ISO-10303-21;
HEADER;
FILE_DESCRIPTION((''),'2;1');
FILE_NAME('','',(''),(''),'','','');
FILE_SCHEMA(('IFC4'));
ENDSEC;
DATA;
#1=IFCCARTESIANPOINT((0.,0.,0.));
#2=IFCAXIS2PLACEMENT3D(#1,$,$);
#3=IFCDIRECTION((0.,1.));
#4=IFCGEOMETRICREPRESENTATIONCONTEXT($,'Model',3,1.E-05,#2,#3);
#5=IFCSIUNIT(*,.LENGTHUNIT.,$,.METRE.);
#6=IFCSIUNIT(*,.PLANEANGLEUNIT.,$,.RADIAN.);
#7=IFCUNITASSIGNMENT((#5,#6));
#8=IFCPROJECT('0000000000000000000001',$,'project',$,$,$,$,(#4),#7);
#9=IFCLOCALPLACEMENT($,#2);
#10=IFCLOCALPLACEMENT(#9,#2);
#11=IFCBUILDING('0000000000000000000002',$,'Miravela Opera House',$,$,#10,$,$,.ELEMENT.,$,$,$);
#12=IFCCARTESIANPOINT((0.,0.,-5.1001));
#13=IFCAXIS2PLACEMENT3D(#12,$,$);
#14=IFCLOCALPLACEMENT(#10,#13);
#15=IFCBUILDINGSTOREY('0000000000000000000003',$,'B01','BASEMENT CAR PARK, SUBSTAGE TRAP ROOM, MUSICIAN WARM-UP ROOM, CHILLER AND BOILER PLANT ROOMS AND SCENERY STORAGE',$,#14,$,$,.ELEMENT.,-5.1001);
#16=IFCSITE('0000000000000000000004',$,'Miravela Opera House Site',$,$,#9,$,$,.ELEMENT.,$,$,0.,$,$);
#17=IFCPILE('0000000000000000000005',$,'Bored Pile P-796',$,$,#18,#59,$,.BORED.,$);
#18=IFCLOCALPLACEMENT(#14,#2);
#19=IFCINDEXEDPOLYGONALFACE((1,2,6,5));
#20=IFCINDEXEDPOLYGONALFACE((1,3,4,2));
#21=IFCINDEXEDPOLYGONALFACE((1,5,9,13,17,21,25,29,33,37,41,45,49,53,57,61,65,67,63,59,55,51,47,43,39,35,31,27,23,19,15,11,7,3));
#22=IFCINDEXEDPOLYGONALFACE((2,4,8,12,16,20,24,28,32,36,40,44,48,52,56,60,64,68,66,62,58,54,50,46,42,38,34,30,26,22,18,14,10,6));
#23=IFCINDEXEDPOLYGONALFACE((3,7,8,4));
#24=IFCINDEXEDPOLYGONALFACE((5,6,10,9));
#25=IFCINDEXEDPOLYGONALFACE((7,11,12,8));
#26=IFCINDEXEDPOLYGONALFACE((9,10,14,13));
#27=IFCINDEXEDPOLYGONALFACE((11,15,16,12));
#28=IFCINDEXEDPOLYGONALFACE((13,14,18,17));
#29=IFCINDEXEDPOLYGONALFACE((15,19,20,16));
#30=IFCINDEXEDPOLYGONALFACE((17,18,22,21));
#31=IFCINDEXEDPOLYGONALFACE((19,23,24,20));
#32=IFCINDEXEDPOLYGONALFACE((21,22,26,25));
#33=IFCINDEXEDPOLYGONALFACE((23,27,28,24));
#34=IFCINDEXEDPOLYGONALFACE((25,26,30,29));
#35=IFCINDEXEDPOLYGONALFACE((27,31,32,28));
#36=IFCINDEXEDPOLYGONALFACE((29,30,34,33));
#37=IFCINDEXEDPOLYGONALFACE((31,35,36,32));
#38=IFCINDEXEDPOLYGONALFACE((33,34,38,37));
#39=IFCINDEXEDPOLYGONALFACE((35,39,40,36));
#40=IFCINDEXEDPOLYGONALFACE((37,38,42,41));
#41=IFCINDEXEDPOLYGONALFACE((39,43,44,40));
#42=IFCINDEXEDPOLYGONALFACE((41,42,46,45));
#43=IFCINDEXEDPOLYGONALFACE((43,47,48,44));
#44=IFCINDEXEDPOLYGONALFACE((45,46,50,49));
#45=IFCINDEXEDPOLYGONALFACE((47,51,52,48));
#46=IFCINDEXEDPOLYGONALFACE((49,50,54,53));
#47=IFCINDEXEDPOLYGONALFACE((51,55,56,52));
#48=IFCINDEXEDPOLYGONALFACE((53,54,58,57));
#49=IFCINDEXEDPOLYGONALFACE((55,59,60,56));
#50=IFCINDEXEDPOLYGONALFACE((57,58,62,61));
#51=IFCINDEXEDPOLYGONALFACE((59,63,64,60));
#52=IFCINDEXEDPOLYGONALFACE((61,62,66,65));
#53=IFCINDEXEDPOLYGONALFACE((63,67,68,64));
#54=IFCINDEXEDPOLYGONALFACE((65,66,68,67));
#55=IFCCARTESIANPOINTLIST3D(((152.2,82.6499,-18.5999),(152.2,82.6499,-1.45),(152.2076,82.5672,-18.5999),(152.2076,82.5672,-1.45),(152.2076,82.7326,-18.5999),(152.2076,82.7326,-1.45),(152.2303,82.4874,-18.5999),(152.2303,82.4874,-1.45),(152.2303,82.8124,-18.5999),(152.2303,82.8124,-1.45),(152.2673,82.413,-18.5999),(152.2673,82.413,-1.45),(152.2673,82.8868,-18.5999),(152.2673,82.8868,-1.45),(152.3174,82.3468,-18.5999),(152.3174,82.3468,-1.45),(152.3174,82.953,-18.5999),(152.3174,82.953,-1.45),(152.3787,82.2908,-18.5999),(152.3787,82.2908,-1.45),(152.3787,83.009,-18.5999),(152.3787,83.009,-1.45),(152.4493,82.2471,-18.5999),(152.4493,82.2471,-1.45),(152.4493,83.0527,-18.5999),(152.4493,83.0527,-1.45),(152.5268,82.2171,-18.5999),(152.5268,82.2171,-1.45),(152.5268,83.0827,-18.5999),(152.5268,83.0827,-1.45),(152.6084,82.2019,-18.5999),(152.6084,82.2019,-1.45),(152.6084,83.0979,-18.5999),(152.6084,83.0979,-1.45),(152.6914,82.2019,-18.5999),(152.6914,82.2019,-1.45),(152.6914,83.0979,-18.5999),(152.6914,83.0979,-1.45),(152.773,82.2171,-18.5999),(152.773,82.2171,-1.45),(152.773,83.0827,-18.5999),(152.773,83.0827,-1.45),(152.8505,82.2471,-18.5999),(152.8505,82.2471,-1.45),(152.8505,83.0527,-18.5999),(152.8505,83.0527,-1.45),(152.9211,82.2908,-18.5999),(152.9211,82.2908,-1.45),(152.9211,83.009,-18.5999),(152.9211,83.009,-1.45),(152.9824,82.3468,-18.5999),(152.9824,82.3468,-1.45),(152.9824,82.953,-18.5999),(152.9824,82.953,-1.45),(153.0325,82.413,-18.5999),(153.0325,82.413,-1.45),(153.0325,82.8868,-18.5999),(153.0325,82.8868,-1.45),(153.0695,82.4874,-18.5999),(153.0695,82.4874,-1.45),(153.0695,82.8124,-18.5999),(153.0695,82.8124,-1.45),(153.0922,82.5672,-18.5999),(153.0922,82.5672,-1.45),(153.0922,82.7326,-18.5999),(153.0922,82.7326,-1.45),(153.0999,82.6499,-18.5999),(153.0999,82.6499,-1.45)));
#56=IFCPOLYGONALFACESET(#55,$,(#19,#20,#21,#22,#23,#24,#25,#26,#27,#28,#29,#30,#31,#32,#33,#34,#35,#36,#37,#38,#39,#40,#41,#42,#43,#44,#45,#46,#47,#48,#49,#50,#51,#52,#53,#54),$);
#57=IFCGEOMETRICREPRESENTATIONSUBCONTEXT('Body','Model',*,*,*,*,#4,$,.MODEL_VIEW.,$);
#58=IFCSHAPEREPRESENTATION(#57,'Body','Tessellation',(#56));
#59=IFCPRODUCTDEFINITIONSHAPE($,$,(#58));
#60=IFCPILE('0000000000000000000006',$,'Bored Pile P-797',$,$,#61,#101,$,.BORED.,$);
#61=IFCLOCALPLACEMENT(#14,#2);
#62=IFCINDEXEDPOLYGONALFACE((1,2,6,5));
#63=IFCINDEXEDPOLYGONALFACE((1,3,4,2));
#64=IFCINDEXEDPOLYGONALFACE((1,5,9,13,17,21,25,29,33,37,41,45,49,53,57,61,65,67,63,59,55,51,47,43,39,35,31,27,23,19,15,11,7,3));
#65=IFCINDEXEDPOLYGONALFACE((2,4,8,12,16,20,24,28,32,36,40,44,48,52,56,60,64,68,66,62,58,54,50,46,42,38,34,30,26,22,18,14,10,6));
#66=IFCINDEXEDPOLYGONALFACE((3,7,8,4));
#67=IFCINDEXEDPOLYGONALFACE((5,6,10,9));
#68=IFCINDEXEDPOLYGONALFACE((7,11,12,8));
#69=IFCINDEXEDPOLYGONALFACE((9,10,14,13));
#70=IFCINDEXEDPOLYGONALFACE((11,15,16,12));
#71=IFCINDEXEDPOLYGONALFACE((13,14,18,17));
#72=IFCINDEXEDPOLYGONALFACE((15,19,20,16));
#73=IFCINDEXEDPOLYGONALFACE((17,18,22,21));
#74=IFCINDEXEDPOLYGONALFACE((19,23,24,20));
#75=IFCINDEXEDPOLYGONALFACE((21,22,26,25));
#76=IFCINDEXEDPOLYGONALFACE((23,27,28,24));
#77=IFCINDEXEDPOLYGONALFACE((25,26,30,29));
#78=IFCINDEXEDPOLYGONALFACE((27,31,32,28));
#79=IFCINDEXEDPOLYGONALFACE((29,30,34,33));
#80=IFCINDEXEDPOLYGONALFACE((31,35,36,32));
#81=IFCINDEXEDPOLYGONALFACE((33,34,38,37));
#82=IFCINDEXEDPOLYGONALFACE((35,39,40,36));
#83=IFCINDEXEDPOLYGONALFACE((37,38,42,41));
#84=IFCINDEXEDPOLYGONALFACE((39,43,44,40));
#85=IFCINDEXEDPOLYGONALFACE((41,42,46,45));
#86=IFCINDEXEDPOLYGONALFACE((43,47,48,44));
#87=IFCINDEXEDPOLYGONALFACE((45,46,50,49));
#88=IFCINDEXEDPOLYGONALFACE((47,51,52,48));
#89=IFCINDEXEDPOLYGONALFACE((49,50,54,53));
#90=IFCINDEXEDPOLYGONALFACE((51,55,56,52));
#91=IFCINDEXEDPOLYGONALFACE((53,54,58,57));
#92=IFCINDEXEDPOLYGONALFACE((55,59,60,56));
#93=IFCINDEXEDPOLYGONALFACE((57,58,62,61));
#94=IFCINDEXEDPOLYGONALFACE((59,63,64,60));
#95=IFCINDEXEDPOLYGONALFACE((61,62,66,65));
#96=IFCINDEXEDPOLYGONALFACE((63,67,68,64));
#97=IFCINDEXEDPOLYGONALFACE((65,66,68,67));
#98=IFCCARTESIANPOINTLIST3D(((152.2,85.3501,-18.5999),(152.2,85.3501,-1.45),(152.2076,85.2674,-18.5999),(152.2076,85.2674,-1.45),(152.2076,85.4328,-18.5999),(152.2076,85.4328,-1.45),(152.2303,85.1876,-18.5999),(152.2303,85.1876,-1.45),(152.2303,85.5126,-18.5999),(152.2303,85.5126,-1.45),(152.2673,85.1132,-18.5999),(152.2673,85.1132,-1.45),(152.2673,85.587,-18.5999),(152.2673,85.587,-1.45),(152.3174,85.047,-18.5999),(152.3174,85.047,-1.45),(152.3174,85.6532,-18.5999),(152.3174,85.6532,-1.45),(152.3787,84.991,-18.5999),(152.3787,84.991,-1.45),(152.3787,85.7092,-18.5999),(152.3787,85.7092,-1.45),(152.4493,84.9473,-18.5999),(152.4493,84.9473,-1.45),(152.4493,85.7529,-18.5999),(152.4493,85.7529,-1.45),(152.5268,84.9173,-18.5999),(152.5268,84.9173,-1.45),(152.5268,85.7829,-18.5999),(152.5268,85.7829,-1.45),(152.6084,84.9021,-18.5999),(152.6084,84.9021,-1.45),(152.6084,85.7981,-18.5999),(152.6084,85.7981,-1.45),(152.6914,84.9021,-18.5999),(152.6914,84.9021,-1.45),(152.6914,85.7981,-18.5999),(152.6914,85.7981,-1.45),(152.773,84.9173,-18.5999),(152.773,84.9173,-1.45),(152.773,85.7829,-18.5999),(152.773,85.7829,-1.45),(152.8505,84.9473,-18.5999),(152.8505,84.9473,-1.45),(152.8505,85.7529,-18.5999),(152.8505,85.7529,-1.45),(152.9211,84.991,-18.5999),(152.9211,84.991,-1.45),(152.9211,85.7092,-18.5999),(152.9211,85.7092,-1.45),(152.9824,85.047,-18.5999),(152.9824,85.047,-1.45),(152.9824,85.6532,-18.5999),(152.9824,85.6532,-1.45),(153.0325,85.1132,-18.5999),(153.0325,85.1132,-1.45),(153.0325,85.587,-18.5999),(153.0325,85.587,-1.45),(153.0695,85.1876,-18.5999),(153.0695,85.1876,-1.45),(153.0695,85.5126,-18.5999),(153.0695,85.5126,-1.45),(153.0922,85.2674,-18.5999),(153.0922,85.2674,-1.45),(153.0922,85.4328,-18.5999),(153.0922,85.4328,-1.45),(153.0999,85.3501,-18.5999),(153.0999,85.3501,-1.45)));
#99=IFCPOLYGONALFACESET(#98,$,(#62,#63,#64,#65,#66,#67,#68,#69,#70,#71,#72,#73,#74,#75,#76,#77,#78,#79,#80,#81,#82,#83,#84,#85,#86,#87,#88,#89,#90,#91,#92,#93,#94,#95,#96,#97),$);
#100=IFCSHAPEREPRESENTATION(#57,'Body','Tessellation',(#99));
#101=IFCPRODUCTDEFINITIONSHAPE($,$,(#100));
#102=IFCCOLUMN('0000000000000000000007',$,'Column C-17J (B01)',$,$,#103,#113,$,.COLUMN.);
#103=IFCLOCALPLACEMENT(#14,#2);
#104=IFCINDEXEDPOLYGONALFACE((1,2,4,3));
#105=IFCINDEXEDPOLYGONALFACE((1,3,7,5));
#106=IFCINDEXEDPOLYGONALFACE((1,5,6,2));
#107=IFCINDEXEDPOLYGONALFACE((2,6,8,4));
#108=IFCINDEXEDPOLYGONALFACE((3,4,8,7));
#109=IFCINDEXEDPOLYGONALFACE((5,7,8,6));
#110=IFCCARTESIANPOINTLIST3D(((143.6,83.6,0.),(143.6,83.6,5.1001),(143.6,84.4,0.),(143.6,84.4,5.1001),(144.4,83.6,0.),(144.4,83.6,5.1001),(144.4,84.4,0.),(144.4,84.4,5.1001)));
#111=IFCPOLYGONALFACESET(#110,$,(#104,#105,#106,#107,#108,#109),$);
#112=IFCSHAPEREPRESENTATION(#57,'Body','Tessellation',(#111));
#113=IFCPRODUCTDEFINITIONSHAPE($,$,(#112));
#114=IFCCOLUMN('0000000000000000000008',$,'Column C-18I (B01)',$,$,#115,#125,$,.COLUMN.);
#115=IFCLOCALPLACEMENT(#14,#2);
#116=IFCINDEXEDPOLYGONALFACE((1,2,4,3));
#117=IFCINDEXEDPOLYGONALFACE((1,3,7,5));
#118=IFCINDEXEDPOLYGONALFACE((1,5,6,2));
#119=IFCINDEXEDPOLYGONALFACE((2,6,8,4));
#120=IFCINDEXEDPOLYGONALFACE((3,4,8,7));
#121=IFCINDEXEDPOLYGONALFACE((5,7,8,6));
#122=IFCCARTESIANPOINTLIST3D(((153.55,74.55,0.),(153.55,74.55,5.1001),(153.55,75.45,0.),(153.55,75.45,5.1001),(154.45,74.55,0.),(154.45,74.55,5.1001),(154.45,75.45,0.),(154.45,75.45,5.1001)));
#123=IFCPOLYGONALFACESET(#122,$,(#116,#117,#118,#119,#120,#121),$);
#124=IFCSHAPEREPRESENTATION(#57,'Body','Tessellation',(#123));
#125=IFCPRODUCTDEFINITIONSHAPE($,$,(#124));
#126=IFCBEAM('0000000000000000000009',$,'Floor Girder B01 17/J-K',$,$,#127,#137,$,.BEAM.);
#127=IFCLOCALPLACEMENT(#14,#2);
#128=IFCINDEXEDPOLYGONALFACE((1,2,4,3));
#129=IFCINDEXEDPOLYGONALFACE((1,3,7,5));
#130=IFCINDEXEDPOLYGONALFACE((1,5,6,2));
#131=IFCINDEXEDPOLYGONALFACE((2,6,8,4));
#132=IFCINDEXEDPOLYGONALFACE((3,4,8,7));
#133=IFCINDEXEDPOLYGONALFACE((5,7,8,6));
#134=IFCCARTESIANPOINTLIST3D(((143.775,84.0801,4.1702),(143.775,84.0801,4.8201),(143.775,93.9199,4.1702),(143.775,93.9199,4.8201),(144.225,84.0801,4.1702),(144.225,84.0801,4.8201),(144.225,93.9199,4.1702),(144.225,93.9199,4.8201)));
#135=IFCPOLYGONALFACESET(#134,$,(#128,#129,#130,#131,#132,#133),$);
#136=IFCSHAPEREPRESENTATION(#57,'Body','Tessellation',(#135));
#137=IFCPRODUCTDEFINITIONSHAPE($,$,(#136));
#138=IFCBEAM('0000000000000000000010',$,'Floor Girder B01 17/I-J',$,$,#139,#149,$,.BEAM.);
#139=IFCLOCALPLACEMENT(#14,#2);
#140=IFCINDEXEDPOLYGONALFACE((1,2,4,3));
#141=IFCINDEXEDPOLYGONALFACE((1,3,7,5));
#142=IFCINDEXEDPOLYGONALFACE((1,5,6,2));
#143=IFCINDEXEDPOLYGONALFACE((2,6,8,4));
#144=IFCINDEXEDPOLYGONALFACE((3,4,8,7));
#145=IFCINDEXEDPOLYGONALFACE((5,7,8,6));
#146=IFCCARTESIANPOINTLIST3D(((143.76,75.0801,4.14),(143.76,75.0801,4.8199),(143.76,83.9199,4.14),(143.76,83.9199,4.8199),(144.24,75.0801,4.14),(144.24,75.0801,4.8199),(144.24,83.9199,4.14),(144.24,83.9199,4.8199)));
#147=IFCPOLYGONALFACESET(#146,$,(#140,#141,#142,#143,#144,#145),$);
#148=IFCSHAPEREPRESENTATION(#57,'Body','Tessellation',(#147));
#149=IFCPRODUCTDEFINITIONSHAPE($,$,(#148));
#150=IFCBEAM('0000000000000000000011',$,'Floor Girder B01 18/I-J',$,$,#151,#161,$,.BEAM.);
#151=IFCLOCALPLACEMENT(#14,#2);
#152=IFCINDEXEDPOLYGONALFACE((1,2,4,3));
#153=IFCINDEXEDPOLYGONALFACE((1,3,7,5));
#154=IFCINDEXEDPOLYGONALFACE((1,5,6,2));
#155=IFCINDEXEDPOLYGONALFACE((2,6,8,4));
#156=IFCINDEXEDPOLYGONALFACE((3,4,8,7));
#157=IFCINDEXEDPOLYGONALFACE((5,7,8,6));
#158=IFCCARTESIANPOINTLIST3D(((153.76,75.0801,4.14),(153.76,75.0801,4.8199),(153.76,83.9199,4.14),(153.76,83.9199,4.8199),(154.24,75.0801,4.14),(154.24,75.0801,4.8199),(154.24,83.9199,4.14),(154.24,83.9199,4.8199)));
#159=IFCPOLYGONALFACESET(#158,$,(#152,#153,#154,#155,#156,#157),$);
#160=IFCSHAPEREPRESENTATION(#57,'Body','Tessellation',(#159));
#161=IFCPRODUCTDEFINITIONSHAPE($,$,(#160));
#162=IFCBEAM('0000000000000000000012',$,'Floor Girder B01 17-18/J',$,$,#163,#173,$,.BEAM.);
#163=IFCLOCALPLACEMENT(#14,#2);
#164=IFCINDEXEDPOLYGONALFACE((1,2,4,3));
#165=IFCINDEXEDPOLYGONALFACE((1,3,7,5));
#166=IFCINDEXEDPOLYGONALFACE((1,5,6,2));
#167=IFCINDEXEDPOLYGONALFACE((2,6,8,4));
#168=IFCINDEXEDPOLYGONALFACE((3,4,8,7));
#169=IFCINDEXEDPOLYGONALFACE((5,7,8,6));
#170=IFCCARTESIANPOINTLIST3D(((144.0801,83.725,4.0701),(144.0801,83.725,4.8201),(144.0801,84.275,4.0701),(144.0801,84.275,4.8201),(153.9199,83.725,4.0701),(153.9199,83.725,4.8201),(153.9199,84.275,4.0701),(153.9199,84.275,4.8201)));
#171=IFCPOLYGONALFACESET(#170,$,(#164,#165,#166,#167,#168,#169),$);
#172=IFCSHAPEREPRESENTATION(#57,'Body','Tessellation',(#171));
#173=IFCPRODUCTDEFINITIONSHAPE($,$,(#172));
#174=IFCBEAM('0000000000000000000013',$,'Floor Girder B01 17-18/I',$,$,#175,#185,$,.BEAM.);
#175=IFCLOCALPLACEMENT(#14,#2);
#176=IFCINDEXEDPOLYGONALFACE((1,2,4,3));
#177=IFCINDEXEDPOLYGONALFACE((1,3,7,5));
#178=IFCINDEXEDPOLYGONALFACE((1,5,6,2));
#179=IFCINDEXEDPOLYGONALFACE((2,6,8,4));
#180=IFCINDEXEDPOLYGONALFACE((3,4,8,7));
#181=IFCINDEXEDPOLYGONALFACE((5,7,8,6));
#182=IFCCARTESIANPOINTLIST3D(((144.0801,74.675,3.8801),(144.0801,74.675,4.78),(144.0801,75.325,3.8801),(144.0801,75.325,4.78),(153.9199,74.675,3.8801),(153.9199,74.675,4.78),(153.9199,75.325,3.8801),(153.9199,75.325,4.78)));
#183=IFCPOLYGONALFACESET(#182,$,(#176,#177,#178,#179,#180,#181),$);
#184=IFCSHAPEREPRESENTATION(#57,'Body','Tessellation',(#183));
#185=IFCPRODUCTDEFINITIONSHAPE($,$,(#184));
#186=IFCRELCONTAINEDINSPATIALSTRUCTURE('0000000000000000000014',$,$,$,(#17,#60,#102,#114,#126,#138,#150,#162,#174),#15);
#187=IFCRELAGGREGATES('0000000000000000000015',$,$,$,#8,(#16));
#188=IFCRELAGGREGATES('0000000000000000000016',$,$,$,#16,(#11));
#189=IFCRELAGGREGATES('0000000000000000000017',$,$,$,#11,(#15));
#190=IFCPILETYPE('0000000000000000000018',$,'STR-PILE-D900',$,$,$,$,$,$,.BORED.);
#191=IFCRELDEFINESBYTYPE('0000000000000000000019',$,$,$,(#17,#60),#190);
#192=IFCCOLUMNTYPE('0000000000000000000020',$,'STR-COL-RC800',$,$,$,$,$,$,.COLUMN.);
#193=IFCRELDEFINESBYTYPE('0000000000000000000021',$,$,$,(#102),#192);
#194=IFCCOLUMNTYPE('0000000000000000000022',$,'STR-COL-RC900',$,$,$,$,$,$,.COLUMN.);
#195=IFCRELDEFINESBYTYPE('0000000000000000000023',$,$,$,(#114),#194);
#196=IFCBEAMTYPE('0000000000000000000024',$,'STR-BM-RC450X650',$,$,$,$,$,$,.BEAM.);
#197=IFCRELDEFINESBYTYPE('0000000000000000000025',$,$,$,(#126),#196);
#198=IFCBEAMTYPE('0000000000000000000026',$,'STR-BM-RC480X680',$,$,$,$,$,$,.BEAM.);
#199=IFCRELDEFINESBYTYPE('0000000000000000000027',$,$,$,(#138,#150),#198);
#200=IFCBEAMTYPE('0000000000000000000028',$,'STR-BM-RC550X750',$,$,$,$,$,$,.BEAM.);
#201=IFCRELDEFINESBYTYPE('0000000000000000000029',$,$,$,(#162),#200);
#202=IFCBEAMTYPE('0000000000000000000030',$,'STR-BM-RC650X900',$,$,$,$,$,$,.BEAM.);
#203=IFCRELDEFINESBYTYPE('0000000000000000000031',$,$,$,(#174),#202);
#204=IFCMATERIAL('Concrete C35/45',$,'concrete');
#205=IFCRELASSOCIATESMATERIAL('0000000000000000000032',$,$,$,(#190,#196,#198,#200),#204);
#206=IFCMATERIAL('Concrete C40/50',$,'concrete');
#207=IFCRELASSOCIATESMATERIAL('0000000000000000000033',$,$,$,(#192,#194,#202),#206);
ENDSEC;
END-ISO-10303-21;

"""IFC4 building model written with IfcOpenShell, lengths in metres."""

from ifc_helpers import new_model, si_unit, direction, frame, origin, origin_2d, place, context, subcontext, project, spatial, rectangle, circle, extrude, material, material_profile, profile_set, type_object, element, save


model = new_model("IFC4")

# Units and contexts
model_context = context("Model", 3, precision=1e-05, world=origin(), true_north=direction((0.0, 1.0)))
body_context = subcontext(model_context, "Body", "Model", "MODEL_VIEW")
ifc_project = project(units=[si_unit("LENGTHUNIT", "METRE"), si_unit("PLANEANGLEUNIT", "RADIAN")], contexts=[model_context])

# Site, building, storey
site_placement = place(None, origin())
site = spatial("IfcSite", under=ifc_project, at=site_placement, Name="Miravela Opera House Site", CompositionType="ELEMENT", RefElevation=0.0)
building_placement = place(site_placement, origin())
building = spatial("IfcBuilding", under=site, at=building_placement, Name="Miravela Opera House", CompositionType="ELEMENT")
storey_placement = place(building_placement, frame((0.0, 0.0, -5.1001)))
storey = spatial("IfcBuildingStorey", under=building, at=storey_placement, Name="B01", Description="BASEMENT CAR PARK, SUBSTAGE TRAP ROOM, MUSICIAN WARM-UP ROOM, CHILLER AND BOILER PLANT ROOMS AND SCENERY STORAGE", CompositionType="ELEMENT", Elevation=-5.1001)

# Shared definitions
ifc_material_1 = material(Name="Concrete C35/45", Category="concrete")

# Piles
ifc_material_profile_1 = material_profile(ifc_material_1, circle(Radius=0.45, at=origin_2d()), Name="PILE-D900")
ifc_profile_set_1 = profile_set([ifc_material_profile_1])
pile_type_1 = type_object("IfcPileType", Name="STR-PILE-D900", PredefinedType="BORED", material=ifc_profile_set_1)
for number, where, z_axis, x_axis, name in (
    (1, (152.6499, 82.6499, -1.45), (0.0, 0.0, -1.0), (1.0, 0.0, 0.0), "Bored Pile P-796"),
    (2, (152.6499, 85.3501, -1.45), (0.0, 0.0, -1.0), (1.0, 0.0, 0.0), "Bored Pile P-797"),
):
    element("IfcPile", number, at=place(storey_placement, frame(where, z_axis=z_axis, x_axis=x_axis)), inside=storey, type_object=pile_type_1, Name=name, PredefinedType="BORED", context=body_context, shape_type="SweptSolid", body=[
        extrude(circle(Radius=0.45, at=origin_2d()), origin(), (0.0, 0.0, 1.0), 17.1499),
    ])

# Columns
ifc_material_2 = material(Name="Concrete C40/50", Category="concrete")
ifc_material_profile_2 = material_profile(ifc_material_2, rectangle(XDim=0.8, YDim=0.8, at=origin_2d()), Name="RC-COL-800X800")
ifc_profile_set_2 = profile_set([ifc_material_profile_2])
column_type_1 = type_object("IfcColumnType", Name="STR-COL-RC800", PredefinedType="COLUMN", material=ifc_profile_set_2)
column_1_placement = place(storey_placement, frame((144.0, 84.0, 0.0), z_axis=(0.0, 0.0, 1.0), x_axis=(1.0, 0.0, 0.0)))
element("IfcColumn", 3, at=column_1_placement, inside=storey, type_object=column_type_1, Name="Column C-17J (B01)", PredefinedType="COLUMN", context=body_context, shape_type="SweptSolid", body=[
    extrude(rectangle(XDim=0.8, YDim=0.8, at=origin_2d()), origin(), (0.0, 0.0, 1.0), 5.1001),
])
ifc_material_profile_3 = material_profile(ifc_material_2, rectangle(XDim=0.8999, YDim=0.8999, at=origin_2d()), Name="RC-COL-900X900")
ifc_profile_set_3 = profile_set([ifc_material_profile_3])
column_type_2 = type_object("IfcColumnType", Name="STR-COL-RC900", PredefinedType="COLUMN", material=ifc_profile_set_3)
column_2_placement = place(storey_placement, frame((154.0, 75.0, 0.0), z_axis=(0.0, 0.0, 1.0), x_axis=(1.0, 0.0, 0.0)))
element("IfcColumn", 4, at=column_2_placement, inside=storey, type_object=column_type_2, Name="Column C-18I (B01)", PredefinedType="COLUMN", context=body_context, shape_type="SweptSolid", body=[
    extrude(rectangle(XDim=0.8999, YDim=0.8999, at=origin_2d()), origin(), (0.0, 0.0, 1.0), 5.1001),
])

# Beams
ifc_material_profile_4 = material_profile(ifc_material_1, rectangle(XDim=0.45, YDim=0.6499, at=origin_2d()), Name="RC-BM-450X650")
ifc_profile_set_4 = profile_set([ifc_material_profile_4])
beam_type_1 = type_object("IfcBeamType", Name="STR-BM-RC450X650", PredefinedType="BEAM", material=ifc_profile_set_4)
beam_1_placement = place(storey_placement, frame((144.0, 84.0801, 4.4951), z_axis=(0.0, 1.0, 0.0), x_axis=(-1.0, 0.0, 0.0)))
element("IfcBeam", 5, at=beam_1_placement, inside=storey, type_object=beam_type_1, Name="Floor Girder B01 17/J-K", PredefinedType="BEAM", context=body_context, shape_type="SweptSolid", body=[
    extrude(rectangle(XDim=0.45, YDim=0.6499, at=origin_2d()), origin(), (0.0, 0.0, 1.0), 9.8398),
])
ifc_material_profile_5 = material_profile(ifc_material_1, rectangle(XDim=0.48, YDim=0.6799, at=origin_2d()), Name="RC-BM-480X680")
ifc_profile_set_5 = profile_set([ifc_material_profile_5])
beam_type_2 = type_object("IfcBeamType", Name="STR-BM-RC480X680", PredefinedType="BEAM", material=ifc_profile_set_5)
for number, where, z_axis, x_axis, name in (
    (6, (144.0, 75.0801, 4.48), (0.0, 1.0, 0.0), (-1.0, 0.0, 0.0), "Floor Girder B01 17/I-J"),
    (7, (154.0, 75.0801, 4.48), (0.0, 1.0, 0.0), (-1.0, 0.0, 0.0), "Floor Girder B01 18/I-J"),
):
    element("IfcBeam", number, at=place(storey_placement, frame(where, z_axis=z_axis, x_axis=x_axis)), inside=storey, type_object=beam_type_2, Name=name, PredefinedType="BEAM", context=body_context, shape_type="SweptSolid", body=[
        extrude(rectangle(XDim=0.48, YDim=0.6799, at=origin_2d()), origin(), (0.0, 0.0, 1.0), 8.8398),
    ])
ifc_material_profile_6 = material_profile(ifc_material_1, rectangle(XDim=0.55, YDim=0.75, at=origin_2d()), Name="RC-BM-550X750")
ifc_profile_set_6 = profile_set([ifc_material_profile_6])
beam_type_3 = type_object("IfcBeamType", Name="STR-BM-RC550X750", PredefinedType="BEAM", material=ifc_profile_set_6)
beam_2_placement = place(storey_placement, frame((144.0801, 84.0, 4.4451), z_axis=(1.0, 0.0, 0.0), x_axis=(0.0, 1.0, 0.0)))
element("IfcBeam", 8, at=beam_2_placement, inside=storey, type_object=beam_type_3, Name="Floor Girder B01 17-18/J", PredefinedType="BEAM", context=body_context, shape_type="SweptSolid", body=[
    extrude(rectangle(XDim=0.55, YDim=0.75, at=origin_2d()), origin(), (0.0, 0.0, 1.0), 9.8398),
])
ifc_material_profile_7 = material_profile(ifc_material_2, rectangle(XDim=0.6499, YDim=0.8999, at=origin_2d()), Name="RC-BM-650X900")
ifc_profile_set_7 = profile_set([ifc_material_profile_7])
beam_type_4 = type_object("IfcBeamType", Name="STR-BM-RC650X900", PredefinedType="BEAM", material=ifc_profile_set_7)
beam_3_placement = place(storey_placement, frame((144.0801, 75.0, 4.3301), z_axis=(1.0, 0.0, 0.0), x_axis=(0.0, 1.0, 0.0)))
element("IfcBeam", 9, at=beam_3_placement, inside=storey, type_object=beam_type_4, Name="Floor Girder B01 17-18/I", PredefinedType="BEAM", context=body_context, shape_type="SweptSolid", body=[
    extrude(rectangle(XDim=0.6499, YDim=0.8999, at=origin_2d()), origin(), (0.0, 0.0, 1.0), 9.8398),
])

save(model, "model.ifc")
